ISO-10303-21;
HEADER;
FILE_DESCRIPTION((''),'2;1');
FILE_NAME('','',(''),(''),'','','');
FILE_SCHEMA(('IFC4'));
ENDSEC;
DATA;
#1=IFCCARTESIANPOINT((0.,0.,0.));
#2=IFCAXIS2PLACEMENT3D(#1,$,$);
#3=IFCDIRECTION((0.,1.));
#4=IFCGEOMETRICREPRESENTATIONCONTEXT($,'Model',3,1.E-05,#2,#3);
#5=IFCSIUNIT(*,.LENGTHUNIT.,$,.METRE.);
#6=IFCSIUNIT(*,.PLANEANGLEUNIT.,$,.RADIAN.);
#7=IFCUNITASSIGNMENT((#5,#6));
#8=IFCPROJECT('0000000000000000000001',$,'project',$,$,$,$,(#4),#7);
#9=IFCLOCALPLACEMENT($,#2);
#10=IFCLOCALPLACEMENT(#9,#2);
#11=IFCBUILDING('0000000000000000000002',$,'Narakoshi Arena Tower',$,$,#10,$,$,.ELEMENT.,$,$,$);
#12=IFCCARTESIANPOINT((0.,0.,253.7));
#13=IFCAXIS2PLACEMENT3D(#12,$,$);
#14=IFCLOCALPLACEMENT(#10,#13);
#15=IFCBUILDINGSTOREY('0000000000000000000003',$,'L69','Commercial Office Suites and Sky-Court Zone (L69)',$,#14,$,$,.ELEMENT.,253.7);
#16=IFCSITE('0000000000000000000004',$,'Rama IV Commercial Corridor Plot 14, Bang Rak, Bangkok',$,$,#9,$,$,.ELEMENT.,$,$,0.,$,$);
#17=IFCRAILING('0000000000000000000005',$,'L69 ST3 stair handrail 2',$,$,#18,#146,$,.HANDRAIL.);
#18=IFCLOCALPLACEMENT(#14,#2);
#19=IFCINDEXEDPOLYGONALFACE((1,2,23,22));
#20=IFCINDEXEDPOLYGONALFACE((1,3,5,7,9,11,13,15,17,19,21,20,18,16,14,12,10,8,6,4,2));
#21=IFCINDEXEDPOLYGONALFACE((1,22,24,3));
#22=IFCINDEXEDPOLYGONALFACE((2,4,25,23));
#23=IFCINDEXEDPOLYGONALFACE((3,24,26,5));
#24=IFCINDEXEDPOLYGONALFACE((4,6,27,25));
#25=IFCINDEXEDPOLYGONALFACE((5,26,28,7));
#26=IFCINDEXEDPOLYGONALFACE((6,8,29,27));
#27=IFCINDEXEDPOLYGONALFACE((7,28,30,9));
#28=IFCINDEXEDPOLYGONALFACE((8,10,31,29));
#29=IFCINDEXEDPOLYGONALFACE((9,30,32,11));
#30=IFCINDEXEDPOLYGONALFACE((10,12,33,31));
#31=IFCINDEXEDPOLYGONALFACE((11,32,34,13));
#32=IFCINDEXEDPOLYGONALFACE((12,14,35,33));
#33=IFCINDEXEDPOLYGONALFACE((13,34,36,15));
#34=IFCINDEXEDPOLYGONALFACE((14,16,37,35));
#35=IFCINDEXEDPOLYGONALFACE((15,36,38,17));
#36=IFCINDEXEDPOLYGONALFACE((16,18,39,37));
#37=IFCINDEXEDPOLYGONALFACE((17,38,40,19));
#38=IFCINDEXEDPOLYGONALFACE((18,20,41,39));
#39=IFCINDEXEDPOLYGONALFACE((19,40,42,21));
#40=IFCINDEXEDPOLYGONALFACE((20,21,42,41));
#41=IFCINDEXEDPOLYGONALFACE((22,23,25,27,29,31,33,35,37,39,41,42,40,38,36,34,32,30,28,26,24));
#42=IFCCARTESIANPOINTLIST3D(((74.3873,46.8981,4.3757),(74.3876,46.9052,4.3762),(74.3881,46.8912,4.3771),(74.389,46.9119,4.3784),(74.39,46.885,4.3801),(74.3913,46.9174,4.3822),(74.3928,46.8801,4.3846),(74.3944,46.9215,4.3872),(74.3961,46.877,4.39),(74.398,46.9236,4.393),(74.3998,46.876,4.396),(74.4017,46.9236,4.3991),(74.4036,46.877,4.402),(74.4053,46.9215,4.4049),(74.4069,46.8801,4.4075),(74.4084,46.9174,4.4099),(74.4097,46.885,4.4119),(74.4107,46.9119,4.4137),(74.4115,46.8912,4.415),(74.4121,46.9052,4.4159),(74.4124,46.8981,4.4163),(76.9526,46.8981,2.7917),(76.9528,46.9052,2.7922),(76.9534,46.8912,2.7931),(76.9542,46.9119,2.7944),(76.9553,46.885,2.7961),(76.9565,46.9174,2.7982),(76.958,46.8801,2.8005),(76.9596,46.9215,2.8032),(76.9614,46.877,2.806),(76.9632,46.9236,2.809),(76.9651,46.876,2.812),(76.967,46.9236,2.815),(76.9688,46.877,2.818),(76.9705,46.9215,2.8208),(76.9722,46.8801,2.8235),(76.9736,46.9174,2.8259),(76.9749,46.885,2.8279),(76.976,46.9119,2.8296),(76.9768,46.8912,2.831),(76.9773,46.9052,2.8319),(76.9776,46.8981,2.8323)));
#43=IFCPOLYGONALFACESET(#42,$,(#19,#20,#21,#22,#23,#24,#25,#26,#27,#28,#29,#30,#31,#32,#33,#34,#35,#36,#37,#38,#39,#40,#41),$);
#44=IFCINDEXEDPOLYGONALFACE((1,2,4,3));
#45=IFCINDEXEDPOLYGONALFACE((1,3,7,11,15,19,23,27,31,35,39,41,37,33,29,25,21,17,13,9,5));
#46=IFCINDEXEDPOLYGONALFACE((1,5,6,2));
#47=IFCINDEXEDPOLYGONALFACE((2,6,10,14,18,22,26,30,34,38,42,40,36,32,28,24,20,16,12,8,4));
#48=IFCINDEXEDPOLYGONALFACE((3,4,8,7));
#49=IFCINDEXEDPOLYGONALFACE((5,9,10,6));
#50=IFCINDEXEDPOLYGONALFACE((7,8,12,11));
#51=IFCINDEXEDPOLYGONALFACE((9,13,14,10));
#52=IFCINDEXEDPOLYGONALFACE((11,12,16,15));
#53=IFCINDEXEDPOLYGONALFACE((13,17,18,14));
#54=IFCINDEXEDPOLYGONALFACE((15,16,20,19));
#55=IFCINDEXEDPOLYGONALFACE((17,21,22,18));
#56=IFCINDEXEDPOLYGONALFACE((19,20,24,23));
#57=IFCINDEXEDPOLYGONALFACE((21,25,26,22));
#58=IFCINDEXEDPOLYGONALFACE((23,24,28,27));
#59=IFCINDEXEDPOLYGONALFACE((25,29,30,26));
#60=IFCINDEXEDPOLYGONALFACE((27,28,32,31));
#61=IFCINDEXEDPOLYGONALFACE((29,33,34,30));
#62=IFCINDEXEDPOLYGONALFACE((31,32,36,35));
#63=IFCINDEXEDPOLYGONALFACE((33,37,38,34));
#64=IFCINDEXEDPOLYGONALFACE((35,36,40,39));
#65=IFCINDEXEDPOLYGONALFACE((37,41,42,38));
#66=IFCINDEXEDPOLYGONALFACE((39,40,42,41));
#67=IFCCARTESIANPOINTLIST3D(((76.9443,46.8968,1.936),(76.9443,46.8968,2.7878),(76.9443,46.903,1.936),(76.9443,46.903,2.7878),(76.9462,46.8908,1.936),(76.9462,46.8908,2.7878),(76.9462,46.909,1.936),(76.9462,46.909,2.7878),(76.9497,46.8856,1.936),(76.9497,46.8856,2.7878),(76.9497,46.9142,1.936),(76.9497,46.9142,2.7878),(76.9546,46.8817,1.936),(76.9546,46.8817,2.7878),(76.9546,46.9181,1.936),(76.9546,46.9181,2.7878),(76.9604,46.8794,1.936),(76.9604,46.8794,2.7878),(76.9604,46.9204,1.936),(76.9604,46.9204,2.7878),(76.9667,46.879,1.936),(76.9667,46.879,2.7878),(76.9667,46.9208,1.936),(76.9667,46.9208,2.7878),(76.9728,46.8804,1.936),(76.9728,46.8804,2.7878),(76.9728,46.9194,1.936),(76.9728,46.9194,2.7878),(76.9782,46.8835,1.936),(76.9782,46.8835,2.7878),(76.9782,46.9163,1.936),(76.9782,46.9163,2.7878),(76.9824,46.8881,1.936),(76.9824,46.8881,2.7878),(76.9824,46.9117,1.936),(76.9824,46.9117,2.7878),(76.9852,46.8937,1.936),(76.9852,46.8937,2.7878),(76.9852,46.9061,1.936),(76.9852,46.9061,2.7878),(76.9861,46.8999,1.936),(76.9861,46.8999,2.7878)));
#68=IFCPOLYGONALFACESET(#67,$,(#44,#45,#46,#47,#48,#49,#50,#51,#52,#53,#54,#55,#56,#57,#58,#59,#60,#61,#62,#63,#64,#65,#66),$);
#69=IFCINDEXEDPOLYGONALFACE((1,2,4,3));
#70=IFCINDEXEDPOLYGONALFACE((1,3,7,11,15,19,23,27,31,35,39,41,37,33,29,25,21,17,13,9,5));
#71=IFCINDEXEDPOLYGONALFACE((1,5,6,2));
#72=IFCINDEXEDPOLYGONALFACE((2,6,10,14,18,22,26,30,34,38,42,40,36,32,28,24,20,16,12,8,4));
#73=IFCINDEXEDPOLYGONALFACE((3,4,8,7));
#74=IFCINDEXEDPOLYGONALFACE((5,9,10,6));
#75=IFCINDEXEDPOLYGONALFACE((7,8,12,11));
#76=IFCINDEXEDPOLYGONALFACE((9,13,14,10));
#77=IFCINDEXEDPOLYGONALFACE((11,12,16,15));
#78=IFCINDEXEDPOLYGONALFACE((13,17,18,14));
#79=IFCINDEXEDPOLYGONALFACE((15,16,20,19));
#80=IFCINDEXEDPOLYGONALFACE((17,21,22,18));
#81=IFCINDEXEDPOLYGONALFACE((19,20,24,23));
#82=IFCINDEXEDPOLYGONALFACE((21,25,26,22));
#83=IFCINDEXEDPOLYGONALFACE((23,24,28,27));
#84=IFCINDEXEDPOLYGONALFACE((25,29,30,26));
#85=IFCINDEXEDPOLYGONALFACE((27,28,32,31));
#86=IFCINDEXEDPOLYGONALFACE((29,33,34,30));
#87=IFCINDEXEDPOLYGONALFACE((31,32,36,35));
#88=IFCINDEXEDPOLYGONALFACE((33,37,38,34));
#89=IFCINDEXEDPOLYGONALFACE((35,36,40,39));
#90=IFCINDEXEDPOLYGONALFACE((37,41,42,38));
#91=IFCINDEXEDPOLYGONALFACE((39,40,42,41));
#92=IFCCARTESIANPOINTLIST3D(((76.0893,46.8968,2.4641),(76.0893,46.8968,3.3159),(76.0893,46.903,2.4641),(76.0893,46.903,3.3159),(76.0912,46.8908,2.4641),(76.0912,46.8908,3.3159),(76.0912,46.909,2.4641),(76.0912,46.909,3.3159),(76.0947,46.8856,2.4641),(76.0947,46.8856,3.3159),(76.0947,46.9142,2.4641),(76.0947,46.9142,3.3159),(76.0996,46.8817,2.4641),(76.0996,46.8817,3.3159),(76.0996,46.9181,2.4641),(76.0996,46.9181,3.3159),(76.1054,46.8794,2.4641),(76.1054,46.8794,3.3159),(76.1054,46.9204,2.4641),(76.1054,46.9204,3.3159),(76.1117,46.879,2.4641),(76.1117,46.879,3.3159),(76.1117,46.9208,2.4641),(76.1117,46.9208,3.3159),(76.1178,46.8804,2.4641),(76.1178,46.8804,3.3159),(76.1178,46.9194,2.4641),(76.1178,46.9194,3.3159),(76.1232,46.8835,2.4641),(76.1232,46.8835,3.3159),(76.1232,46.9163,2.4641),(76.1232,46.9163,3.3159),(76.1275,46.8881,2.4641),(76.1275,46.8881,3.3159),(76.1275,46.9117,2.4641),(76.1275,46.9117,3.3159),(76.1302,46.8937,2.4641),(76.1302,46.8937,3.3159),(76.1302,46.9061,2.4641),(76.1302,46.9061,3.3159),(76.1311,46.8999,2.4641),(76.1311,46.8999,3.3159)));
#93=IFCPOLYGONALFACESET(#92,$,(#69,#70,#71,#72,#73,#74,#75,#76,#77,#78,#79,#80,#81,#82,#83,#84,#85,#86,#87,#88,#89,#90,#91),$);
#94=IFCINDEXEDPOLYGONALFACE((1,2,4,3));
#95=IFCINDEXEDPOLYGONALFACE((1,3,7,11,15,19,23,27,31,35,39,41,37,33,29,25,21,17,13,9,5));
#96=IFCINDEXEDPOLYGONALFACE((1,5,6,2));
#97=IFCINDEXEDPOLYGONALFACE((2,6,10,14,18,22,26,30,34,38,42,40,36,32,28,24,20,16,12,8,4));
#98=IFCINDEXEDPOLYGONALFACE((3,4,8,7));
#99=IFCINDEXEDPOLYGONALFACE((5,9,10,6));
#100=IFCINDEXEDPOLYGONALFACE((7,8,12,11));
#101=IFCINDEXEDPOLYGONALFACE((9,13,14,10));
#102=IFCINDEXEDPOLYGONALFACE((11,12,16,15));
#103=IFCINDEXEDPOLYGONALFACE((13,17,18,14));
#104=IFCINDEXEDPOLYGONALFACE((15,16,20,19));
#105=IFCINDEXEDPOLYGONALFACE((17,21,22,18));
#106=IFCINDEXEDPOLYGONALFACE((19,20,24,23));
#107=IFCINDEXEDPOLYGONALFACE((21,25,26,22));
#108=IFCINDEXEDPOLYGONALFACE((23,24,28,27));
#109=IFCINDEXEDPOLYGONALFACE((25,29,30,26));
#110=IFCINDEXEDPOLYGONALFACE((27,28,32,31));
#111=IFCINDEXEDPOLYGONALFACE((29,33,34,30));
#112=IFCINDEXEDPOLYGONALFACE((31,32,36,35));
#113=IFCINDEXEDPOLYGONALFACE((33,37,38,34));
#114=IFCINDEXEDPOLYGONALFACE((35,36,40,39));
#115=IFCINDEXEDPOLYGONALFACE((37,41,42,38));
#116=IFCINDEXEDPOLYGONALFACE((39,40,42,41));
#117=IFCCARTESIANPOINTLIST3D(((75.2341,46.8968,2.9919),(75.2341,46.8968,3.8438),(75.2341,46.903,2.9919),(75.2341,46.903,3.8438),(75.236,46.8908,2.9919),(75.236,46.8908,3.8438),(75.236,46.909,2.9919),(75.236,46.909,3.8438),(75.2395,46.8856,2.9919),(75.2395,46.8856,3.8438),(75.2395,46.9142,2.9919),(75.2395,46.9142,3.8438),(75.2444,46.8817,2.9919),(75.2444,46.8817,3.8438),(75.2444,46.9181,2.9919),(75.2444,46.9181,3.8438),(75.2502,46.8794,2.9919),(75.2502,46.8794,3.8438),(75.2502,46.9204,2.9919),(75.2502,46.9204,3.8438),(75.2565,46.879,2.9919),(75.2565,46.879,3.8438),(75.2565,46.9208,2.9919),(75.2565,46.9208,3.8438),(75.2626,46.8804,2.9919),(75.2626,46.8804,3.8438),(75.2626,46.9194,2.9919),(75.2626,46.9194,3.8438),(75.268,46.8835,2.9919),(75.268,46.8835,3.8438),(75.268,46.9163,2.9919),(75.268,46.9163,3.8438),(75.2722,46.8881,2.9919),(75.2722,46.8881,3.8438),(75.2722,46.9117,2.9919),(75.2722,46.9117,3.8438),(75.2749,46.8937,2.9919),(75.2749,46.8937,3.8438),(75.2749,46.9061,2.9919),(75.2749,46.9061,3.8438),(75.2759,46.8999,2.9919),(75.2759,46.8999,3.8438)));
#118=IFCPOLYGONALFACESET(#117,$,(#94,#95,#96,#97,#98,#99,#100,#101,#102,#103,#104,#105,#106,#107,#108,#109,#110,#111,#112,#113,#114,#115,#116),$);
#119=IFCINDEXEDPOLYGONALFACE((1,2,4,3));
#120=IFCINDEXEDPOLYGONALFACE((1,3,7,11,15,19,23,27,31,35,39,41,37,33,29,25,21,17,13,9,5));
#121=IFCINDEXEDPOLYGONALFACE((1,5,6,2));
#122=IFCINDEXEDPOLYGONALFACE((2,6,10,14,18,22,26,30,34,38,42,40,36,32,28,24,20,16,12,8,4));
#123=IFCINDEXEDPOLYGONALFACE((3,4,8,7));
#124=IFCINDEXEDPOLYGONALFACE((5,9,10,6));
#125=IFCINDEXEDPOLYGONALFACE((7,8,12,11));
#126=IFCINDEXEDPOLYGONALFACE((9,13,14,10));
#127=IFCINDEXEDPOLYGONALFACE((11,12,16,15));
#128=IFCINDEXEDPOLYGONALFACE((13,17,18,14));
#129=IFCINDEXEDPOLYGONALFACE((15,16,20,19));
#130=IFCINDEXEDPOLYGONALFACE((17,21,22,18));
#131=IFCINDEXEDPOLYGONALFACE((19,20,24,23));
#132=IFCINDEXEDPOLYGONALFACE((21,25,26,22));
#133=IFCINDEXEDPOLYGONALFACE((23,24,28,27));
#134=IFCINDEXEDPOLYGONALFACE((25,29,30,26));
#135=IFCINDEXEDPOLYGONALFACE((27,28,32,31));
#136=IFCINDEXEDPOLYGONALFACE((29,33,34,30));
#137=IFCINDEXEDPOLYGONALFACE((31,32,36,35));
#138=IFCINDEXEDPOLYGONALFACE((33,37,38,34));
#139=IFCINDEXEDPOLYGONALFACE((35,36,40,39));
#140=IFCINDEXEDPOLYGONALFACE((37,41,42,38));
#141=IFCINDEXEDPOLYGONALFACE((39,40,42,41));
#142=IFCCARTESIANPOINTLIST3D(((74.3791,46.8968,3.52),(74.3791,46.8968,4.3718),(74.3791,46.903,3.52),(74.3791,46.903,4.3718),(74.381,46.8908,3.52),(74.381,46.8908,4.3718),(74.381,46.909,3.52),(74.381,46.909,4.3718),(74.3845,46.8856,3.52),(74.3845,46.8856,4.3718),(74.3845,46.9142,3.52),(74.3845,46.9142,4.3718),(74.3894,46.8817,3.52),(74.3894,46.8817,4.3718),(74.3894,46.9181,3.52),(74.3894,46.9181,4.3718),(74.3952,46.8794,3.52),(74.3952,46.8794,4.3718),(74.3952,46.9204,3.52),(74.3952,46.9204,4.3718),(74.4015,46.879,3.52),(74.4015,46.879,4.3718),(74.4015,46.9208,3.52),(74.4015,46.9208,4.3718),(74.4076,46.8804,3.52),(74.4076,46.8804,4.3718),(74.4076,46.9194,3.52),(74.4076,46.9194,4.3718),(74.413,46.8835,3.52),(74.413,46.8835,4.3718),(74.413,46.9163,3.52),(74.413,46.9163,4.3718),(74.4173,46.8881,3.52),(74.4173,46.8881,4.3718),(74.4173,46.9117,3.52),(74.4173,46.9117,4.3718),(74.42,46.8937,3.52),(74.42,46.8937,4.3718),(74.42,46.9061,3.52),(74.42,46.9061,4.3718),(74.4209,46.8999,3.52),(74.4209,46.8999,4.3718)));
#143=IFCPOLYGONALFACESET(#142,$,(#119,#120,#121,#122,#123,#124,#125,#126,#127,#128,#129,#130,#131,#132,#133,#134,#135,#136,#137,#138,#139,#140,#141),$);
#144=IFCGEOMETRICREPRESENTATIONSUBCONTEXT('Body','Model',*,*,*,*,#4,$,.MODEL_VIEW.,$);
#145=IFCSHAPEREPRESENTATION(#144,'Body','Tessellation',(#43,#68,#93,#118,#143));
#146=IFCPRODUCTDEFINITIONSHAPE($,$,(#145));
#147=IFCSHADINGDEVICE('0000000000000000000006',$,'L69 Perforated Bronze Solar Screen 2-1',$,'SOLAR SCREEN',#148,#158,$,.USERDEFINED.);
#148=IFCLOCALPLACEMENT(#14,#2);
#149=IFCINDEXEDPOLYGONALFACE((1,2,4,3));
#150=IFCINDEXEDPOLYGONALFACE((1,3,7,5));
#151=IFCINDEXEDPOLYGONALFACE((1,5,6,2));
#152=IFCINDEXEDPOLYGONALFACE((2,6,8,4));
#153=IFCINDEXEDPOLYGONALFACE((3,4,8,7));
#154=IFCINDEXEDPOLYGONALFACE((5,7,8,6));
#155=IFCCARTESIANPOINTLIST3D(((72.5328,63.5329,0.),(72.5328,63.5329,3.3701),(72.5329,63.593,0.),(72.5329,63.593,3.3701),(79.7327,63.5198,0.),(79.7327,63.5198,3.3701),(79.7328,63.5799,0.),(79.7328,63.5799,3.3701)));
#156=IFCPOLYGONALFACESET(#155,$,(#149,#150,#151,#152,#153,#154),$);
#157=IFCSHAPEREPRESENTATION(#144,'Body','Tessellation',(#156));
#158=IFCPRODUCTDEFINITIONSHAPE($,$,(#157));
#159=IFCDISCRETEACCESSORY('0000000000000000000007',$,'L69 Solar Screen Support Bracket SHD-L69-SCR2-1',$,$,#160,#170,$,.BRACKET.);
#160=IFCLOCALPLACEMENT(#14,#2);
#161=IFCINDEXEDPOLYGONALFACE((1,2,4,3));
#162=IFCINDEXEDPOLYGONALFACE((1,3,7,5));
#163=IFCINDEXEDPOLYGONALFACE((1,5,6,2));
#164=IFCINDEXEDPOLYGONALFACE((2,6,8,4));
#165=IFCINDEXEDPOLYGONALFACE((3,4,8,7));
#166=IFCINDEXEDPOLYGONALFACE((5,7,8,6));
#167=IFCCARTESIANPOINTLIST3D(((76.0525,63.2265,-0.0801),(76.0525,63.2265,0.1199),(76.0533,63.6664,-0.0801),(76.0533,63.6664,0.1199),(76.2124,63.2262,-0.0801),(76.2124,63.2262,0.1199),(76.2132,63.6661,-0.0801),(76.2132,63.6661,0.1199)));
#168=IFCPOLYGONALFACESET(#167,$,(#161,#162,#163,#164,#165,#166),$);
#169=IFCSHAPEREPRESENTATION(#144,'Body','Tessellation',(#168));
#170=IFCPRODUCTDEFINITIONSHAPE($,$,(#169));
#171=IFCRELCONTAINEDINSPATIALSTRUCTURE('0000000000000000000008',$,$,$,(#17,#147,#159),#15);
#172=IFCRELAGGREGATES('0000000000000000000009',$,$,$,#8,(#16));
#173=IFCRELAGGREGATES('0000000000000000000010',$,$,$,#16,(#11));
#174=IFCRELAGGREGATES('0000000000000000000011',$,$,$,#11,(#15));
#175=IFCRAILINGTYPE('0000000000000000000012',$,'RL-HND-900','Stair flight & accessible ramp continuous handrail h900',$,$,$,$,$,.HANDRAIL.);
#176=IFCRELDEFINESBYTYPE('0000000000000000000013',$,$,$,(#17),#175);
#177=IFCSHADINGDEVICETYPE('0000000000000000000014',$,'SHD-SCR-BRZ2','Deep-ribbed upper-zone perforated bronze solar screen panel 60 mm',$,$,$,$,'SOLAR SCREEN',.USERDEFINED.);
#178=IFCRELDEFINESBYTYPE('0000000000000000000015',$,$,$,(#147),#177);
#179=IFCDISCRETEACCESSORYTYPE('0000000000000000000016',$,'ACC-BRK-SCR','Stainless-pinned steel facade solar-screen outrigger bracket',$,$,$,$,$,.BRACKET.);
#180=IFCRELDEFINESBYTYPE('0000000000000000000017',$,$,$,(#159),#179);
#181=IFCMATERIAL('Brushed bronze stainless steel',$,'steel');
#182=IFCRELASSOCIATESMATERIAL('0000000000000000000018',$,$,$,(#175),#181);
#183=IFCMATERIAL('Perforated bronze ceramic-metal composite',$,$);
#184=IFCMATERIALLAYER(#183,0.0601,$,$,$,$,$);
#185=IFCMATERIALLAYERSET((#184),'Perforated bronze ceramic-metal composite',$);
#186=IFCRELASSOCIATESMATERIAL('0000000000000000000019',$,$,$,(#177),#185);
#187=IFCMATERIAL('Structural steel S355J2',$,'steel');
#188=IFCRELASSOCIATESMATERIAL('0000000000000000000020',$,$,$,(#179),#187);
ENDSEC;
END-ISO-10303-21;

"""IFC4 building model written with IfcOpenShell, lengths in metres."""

from ifc_helpers import new_model, si_unit, direction, frame, origin, origin_2d, place, context, subcontext, project, spatial, rectangle, circle, extrude, material, layer, layer_set, type_object, element, save


model = new_model("IFC4")

# Units and contexts
model_context = context("Model", 3, precision=1e-05, world=origin(), true_north=direction((0.0, 1.0)))
body_context = subcontext(model_context, "Body", "Model", "MODEL_VIEW")
ifc_project = project(units=[si_unit("LENGTHUNIT", "METRE"), si_unit("PLANEANGLEUNIT", "RADIAN")], contexts=[model_context])

# Site, building, storey
site_placement = place(None, origin())
site = spatial("IfcSite", under=ifc_project, at=site_placement, Name="Rama IV Commercial Corridor Plot 14, Bang Rak, Bangkok", CompositionType="ELEMENT", RefElevation=0.0)
building_placement = place(site_placement, origin())
building = spatial("IfcBuilding", under=site, at=building_placement, Name="Narakoshi Arena Tower", CompositionType="ELEMENT")
storey_placement = place(building_placement, frame((0.0, 0.0, 253.7)))
storey = spatial("IfcBuildingStorey", under=building, at=storey_placement, Name="L69", Description="Commercial Office Suites and Sky-Court Zone (L69)", CompositionType="ELEMENT", Elevation=253.7)

# Shared definitions
ifc_material_1 = material(Name="Structural steel S355J2", Category="steel")

# Shared definitions
ifc_material_2 = material(Name="Brushed bronze stainless steel", Category="steel")

# Railing
railing_type = type_object("IfcRailingType", Name="RL-HND-900", Description="Stair flight & accessible ramp continuous handrail h900", PredefinedType="HANDRAIL", material=ifc_material_2)
railing_placement = place(storey_placement, frame((76.9651, 46.8999, 1.936)))
element("IfcRailing", 1, at=railing_placement, inside=storey, type_object=railing_type, Name="L69 ST3 stair handrail 2", PredefinedType="HANDRAIL", context=body_context, shape_type="SweptSolid", body=[
    extrude(circle(Radius=0.0239, at=origin_2d()), frame((0.0, 0.0, 0.876), z_axis=(-0.850857, 0.0, 0.525398), x_axis=(0.0, -1.0, 0.0)), (0.0, 0.0, 1.0), 3.0149),
    extrude(circle(Radius=0.021, at=origin_2d()), origin(), (0.0, 0.0, 1.0), 0.8518),
    extrude(circle(Radius=0.021, at=origin_2d()), frame((-0.855, 0.0, 0.5281)), (0.0, 0.0, 1.0), 0.8518),
    extrude(circle(Radius=0.021, at=origin_2d()), frame((-1.7102, 0.0, 1.0559)), (0.0, 0.0, 1.0), 0.8518),
    extrude(circle(Radius=0.021, at=origin_2d()), frame((-2.5652, 0.0, 1.584)), (0.0, 0.0, 1.0), 0.8518),
])

# Shading device
ifc_material_3 = material(Name="Perforated bronze ceramic-metal composite")
ifc_layer_1 = layer(ifc_material_3, 0.0601)
ifc_layer_set_1 = layer_set([ifc_layer_1], Name="Perforated bronze ceramic-metal composite")
shading_device_type = type_object("IfcShadingDeviceType", Name="SHD-SCR-BRZ2", Description="Deep-ribbed upper-zone perforated bronze solar screen panel 60 mm", ElementType="SOLAR SCREEN", PredefinedType="USERDEFINED", material=ifc_layer_set_1)
shading_device_placement = place(storey_placement, frame((76.1328, 63.5564, 0.0), z_axis=(0.0, 0.0, 1.0), x_axis=(-0.999998, 0.001815, 0.0)))
element("IfcShadingDevice", 2, at=shading_device_placement, inside=storey, type_object=shading_device_type, Name="L69 Perforated Bronze Solar Screen 2-1", ObjectType="SOLAR SCREEN", PredefinedType="USERDEFINED", context=body_context, shape_type="SweptSolid", body=[
    extrude(rectangle(XDim=7.2, YDim=0.0601, at=origin_2d()), origin(), (0.0, 0.0, 1.0), 3.3701),
])

# Discrete accessory
discrete_accessory_type = type_object("IfcDiscreteAccessoryType", Name="ACC-BRK-SCR", Description="Stainless-pinned steel facade solar-screen outrigger bracket", PredefinedType="BRACKET", material=ifc_material_1)
discrete_accessory_placement = place(storey_placement, frame((76.1328, 63.4463, -0.0801), z_axis=(0.0, 0.0, 1.0), x_axis=(-0.999998, 0.001815, 0.0)))
element("IfcDiscreteAccessory", 3, at=discrete_accessory_placement, inside=storey, type_object=discrete_accessory_type, Name="L69 Solar Screen Support Bracket SHD-L69-SCR2-1", PredefinedType="BRACKET", context=body_context, shape_type="SweptSolid", body=[
    extrude(rectangle(XDim=0.1599, YDim=0.4399, at=origin_2d()), origin(), (0.0, 0.0, 1.0), 0.2),
])

save(model, "model.ifc")
